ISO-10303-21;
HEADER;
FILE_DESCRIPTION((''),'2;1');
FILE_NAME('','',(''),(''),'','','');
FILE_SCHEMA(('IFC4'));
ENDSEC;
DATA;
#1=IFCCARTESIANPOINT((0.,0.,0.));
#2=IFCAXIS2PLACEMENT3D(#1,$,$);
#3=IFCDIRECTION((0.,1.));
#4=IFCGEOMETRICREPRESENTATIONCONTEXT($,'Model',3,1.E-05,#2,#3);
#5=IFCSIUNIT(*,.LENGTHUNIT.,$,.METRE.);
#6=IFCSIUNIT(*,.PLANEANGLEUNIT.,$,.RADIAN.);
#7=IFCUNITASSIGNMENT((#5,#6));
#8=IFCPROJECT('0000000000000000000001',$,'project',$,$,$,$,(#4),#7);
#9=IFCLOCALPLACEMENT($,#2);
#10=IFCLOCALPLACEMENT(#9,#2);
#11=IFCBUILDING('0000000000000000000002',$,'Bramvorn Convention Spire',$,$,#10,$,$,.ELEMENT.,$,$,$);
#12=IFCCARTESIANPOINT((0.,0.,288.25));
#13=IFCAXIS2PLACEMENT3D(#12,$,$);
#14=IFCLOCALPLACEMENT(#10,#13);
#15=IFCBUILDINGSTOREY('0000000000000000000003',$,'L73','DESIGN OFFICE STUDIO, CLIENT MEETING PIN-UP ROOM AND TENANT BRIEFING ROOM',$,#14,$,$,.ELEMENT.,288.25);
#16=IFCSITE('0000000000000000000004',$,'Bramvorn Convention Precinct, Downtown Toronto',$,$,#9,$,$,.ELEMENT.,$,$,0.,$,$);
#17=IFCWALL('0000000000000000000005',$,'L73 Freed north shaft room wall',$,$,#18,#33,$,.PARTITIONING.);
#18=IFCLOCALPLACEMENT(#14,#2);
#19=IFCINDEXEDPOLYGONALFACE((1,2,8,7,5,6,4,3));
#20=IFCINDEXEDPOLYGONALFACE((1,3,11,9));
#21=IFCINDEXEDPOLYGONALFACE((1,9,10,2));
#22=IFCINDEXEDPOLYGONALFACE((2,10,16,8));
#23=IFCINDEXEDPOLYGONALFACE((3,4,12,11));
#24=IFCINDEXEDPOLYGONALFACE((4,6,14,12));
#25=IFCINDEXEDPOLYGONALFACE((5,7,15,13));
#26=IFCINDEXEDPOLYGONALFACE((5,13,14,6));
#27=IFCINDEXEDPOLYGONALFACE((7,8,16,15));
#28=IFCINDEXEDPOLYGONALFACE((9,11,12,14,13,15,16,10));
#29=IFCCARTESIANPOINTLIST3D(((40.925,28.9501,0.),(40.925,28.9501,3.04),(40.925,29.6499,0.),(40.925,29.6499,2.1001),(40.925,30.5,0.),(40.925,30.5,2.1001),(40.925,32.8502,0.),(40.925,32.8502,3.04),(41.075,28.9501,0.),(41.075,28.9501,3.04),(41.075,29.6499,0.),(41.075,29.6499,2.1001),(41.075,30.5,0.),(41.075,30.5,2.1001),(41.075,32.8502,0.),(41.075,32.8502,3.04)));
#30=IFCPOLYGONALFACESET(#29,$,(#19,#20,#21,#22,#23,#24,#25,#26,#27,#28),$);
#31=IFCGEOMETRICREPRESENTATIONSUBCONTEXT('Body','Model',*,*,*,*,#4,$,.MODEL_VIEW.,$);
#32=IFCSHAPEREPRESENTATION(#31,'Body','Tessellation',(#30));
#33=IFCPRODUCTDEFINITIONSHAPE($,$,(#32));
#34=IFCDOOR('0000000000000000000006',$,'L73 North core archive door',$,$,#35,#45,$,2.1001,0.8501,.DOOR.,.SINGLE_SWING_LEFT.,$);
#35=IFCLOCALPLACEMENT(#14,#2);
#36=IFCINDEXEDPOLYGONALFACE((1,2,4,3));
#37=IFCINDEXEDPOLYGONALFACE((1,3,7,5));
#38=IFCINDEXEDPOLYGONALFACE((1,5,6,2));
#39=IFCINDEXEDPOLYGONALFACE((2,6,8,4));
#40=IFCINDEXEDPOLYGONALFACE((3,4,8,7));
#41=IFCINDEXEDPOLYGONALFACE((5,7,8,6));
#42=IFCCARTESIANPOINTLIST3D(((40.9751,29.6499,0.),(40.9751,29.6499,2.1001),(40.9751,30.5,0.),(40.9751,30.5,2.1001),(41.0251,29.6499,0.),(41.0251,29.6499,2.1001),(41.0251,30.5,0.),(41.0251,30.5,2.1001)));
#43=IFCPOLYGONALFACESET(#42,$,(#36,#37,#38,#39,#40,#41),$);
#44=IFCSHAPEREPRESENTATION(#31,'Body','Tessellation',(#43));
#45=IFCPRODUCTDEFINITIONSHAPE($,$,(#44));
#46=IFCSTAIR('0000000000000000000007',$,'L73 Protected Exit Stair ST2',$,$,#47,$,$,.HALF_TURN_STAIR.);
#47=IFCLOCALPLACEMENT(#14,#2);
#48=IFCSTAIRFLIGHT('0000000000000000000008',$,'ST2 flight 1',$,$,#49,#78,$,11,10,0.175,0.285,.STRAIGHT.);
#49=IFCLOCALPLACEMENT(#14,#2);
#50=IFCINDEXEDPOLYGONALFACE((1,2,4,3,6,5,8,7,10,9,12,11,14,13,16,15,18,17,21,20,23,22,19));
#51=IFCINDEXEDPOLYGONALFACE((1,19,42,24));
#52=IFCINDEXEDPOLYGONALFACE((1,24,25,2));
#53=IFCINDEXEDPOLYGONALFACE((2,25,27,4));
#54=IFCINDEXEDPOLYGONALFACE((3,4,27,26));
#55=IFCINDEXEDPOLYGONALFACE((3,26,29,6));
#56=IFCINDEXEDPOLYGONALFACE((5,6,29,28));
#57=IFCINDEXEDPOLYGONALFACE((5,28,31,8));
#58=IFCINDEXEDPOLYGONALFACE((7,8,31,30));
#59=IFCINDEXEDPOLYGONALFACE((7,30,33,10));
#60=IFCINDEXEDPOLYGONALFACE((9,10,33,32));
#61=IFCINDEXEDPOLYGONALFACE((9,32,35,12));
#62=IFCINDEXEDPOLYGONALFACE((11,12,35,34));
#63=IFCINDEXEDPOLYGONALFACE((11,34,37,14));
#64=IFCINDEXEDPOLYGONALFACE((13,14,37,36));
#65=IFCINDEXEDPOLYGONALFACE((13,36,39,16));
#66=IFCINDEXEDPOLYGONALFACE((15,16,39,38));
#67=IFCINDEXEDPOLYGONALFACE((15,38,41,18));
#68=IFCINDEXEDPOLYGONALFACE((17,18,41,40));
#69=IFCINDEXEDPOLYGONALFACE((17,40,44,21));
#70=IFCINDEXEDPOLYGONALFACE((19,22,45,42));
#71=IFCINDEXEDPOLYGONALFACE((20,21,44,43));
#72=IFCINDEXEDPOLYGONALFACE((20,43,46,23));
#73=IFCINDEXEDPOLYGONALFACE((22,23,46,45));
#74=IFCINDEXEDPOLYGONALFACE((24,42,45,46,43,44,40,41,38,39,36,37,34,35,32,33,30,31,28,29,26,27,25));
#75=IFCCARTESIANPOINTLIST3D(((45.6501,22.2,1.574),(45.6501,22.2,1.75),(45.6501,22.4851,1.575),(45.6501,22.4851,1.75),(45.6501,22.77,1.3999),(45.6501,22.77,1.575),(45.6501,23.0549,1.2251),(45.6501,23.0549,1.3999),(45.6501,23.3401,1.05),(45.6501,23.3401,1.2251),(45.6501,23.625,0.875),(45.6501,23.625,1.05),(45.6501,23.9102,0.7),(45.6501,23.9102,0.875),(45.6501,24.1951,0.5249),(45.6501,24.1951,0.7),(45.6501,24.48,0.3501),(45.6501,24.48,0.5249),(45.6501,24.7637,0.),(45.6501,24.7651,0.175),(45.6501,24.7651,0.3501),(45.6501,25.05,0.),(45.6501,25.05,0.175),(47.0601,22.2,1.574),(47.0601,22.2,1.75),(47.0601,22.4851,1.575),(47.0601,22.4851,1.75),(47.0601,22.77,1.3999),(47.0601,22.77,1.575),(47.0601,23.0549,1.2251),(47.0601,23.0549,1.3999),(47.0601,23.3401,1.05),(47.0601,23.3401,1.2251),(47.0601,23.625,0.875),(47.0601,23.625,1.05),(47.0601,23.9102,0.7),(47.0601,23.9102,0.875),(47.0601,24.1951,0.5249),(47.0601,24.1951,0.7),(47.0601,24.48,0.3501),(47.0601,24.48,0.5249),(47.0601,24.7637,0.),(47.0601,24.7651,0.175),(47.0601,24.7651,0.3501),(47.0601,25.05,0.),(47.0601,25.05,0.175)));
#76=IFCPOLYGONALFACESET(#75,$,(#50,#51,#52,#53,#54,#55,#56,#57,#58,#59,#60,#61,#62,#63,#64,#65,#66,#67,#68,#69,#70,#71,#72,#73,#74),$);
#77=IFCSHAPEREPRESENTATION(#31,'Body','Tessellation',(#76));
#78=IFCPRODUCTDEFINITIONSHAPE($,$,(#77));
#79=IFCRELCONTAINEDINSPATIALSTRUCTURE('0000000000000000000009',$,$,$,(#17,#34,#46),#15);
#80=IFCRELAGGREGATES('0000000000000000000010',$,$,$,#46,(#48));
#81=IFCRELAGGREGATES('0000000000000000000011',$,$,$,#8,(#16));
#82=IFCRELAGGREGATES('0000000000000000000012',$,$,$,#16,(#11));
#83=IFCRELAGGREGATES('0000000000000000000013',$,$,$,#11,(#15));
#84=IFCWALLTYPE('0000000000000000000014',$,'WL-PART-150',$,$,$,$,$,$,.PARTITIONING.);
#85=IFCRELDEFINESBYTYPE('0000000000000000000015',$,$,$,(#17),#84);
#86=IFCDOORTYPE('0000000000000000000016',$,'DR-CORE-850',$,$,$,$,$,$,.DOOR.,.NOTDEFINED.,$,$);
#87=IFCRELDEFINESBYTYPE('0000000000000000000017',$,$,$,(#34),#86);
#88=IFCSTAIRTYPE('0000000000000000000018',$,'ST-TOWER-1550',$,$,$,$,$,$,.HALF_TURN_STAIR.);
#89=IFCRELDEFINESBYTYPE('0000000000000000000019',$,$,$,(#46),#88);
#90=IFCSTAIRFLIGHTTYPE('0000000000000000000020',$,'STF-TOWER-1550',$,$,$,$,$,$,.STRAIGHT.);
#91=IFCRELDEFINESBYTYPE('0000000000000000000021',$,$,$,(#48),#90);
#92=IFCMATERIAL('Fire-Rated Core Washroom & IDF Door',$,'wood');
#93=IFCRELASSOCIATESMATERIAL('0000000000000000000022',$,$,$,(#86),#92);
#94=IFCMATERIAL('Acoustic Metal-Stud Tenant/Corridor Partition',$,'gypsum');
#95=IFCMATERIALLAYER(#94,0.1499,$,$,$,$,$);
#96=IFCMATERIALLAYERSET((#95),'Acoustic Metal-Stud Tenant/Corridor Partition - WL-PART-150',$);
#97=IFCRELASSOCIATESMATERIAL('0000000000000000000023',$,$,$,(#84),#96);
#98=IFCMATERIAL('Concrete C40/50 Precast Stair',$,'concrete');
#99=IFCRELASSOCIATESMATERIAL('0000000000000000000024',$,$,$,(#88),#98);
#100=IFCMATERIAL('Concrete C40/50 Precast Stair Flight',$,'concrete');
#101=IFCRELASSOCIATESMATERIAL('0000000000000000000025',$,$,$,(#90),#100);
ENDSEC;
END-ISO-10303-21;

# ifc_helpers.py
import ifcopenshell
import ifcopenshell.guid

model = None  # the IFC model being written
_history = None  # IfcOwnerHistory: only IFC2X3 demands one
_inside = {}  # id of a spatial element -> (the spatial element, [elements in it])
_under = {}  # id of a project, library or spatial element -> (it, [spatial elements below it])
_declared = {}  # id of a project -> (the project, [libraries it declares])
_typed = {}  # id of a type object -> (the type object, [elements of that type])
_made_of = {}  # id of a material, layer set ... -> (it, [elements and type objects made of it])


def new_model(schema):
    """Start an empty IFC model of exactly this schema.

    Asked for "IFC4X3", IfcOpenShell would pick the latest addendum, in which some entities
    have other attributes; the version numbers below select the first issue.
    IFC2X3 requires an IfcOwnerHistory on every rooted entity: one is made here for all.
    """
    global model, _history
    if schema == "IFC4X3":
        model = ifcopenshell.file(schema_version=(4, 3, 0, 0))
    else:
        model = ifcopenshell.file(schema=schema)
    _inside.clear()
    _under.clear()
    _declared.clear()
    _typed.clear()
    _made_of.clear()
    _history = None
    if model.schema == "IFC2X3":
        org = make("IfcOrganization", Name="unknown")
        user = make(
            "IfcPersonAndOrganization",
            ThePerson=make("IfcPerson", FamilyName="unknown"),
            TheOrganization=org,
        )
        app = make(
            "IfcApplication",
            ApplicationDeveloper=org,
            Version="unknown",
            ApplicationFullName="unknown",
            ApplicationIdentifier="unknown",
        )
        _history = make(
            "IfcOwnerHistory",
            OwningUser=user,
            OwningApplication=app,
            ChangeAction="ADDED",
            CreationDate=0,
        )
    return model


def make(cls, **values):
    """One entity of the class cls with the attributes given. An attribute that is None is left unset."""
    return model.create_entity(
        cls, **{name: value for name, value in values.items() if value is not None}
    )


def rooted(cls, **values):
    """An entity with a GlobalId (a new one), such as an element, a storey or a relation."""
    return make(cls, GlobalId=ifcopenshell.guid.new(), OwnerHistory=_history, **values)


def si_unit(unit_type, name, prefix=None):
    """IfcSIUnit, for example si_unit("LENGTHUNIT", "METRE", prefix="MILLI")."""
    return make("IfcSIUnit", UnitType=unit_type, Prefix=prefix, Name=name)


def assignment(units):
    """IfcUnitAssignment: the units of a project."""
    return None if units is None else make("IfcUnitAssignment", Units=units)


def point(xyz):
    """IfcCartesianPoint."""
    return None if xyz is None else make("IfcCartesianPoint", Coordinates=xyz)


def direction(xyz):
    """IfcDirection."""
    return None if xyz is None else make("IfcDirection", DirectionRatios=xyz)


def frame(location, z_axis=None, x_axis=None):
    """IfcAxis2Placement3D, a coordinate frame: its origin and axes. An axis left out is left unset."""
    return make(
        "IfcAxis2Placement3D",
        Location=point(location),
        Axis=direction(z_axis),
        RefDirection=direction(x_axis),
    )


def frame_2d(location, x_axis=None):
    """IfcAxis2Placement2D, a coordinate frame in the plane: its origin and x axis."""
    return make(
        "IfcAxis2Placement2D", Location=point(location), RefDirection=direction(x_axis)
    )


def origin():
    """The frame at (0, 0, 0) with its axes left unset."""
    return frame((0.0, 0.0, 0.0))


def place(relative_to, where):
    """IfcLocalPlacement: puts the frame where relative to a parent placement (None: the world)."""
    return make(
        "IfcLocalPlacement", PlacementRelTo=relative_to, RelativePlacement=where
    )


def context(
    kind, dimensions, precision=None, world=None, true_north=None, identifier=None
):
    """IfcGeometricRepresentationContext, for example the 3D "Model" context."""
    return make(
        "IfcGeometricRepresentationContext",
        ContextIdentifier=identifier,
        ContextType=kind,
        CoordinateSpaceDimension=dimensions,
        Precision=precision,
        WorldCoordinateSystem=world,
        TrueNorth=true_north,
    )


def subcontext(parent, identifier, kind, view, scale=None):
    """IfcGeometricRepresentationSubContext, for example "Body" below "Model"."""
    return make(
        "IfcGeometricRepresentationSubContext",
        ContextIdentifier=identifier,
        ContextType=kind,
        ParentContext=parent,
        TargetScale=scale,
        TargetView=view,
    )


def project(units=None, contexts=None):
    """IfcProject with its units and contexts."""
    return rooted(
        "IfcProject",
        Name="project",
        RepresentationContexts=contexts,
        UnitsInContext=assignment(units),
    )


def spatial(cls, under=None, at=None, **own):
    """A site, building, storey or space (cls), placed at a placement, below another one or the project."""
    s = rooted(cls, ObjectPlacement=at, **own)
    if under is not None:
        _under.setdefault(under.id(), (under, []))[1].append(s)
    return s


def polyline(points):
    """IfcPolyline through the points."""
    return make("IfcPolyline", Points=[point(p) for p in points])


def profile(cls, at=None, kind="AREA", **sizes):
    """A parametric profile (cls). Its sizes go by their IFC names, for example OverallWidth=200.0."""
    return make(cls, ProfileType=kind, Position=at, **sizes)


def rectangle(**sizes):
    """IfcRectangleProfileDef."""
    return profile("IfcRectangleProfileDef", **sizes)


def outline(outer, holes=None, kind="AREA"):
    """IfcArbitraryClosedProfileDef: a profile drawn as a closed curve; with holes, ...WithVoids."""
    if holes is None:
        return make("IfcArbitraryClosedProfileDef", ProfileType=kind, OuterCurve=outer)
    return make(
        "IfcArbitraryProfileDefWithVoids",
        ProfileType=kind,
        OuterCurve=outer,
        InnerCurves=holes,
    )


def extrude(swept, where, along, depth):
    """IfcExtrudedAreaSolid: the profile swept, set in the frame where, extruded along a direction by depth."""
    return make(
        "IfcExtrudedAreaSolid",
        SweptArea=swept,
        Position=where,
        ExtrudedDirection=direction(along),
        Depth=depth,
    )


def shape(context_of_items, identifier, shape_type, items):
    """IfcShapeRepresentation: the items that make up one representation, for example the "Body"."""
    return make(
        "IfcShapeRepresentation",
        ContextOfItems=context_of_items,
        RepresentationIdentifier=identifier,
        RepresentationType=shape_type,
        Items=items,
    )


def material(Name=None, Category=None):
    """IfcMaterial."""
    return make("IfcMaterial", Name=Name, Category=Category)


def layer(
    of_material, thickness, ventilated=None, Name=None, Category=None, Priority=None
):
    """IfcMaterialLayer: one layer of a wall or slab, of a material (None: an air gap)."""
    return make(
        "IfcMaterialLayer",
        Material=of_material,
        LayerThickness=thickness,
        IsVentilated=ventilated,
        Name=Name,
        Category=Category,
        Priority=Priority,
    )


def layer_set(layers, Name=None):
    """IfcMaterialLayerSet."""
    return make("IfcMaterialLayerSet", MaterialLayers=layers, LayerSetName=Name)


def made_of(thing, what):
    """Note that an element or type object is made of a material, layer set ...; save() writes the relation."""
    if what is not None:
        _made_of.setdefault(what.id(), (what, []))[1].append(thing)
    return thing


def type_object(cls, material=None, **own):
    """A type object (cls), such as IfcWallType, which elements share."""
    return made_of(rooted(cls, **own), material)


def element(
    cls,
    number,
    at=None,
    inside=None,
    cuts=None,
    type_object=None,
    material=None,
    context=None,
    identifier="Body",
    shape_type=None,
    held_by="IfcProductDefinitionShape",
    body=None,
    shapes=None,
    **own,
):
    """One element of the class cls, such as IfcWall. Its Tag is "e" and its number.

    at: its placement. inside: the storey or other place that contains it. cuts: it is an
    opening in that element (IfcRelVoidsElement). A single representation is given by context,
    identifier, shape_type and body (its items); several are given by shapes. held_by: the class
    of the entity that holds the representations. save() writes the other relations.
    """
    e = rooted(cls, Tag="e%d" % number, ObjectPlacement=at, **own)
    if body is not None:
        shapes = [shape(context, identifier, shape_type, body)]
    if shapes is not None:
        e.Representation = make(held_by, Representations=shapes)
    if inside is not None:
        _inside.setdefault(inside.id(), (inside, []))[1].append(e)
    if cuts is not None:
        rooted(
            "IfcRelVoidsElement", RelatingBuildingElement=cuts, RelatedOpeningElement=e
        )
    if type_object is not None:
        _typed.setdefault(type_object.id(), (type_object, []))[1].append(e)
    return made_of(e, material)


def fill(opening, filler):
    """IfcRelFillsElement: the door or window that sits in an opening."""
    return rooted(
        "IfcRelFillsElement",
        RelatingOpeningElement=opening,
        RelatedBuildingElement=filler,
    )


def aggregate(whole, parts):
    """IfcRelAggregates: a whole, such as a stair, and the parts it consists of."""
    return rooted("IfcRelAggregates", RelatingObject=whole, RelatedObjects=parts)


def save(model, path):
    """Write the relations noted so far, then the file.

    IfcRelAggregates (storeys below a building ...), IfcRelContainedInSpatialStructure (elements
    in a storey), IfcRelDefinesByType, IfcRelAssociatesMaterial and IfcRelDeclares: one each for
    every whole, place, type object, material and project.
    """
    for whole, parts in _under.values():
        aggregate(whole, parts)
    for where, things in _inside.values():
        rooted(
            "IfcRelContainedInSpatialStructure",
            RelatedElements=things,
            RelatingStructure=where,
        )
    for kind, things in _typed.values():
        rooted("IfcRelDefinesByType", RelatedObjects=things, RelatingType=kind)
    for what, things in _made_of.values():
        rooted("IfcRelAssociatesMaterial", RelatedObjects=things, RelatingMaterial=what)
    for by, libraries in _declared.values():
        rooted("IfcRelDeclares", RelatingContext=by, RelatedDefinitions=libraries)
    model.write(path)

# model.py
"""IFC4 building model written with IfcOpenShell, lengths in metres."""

from ifc_helpers import new_model, si_unit, direction, frame, frame_2d, origin, place, context, subcontext, project, spatial, polyline, rectangle, outline, extrude, material, layer, layer_set, type_object, element, fill, aggregate, save


model = new_model("IFC4")

# Units and contexts
model_context = context("Model", 3, precision=1e-05, world=origin(), true_north=direction((0.0, 1.0)))
body_context = subcontext(model_context, "Body", "Model", "MODEL_VIEW")
ifc_project = project(units=[si_unit("LENGTHUNIT", "METRE"), si_unit("PLANEANGLEUNIT", "RADIAN")], contexts=[model_context])

# Site, building, storey
site_placement = place(None, origin())
site = spatial("IfcSite", under=ifc_project, at=site_placement, Name="Bramvorn Convention Precinct, Downtown Toronto", CompositionType="ELEMENT", RefElevation=0.0)
building_placement = place(site_placement, origin())
building = spatial("IfcBuilding", under=site, at=building_placement, Name="Bramvorn Convention Spire", CompositionType="ELEMENT")
storey_placement = place(building_placement, frame((0.0, 0.0, 288.25)))
storey = spatial("IfcBuildingStorey", under=building, at=storey_placement, Name="L73", Description="DESIGN OFFICE STUDIO, CLIENT MEETING PIN-UP ROOM AND TENANT BRIEFING ROOM", CompositionType="ELEMENT", Elevation=288.25)

# Shared definitions
ifc_material_1 = material(Name="Fire-Rated Core Washroom & IDF Door", Category="wood")
door_type_1 = type_object("IfcDoorType", Name="DR-CORE-850", OperationType="NOTDEFINED", PredefinedType="DOOR", material=ifc_material_1)

# Shared definitions
ifc_material_2 = material(Name="Acoustic Metal-Stud Tenant/Corridor Partition", Category="gypsum")
ifc_layer_1 = layer(ifc_material_2, 0.1499)
ifc_layer_set_1 = layer_set([ifc_layer_1], Name="Acoustic Metal-Stud Tenant/Corridor Partition - WL-PART-150")
wall_type_1 = type_object("IfcWallType", Name="WL-PART-150", PredefinedType="PARTITIONING", material=ifc_layer_set_1)

# Wall, opening, door
wall_1_placement = place(storey_placement, frame((41.0, 28.95, 0.0), z_axis=(0.0, 0.0, 1.0), x_axis=(0.0, 1.0, 0.0)))
wall_1 = element("IfcWall", 1, at=wall_1_placement, inside=storey, type_object=wall_type_1, Name="L73 Freed north shaft room wall", PredefinedType="PARTITIONING", context=body_context, shape_type="SweptSolid", body=[
    extrude(rectangle(XDim=3.9001, YDim=0.1499, at=frame_2d((1.9502, 0.0))), origin(), (0.0, 0.0, 1.0), 3.04),
])
opening_1_placement = place(wall_1_placement, frame((0.7, 0.0, 0.0)))
opening_1 = element("IfcOpeningElement", 2, at=opening_1_placement, cuts=wall_1, PredefinedType="OPENING", context=body_context, shape_type="SweptSolid", body=[
    extrude(rectangle(XDim=0.8501, YDim=2.1001, at=frame_2d((0.425, 1.05))), frame((0.0, 0.085, 0.0), z_axis=(0.0, -1.0, 0.0), x_axis=(1.0, 0.0, 0.0)), (0.0, 0.0, 1.0), 0.1699),
])
door_1_placement = place(opening_1_placement, origin())
door_1 = element("IfcDoor", 3, at=door_1_placement, inside=storey, type_object=door_type_1, Name="L73 North core archive door", OperationType="SINGLE_SWING_LEFT", OverallHeight=2.1001, OverallWidth=0.8501, PredefinedType="DOOR", context=body_context, shape_type="SweptSolid", body=[
    extrude(rectangle(XDim=0.8501, YDim=2.1001, at=frame_2d((0.425, 1.05))), frame((0.0, 0.0249, 0.0), z_axis=(0.0, -1.0, 0.0), x_axis=(1.0, 0.0, 0.0)), (0.0, 0.0, 1.0), 0.05),
])
fill(opening_1, door_1)

# Stair, stair flight
ifc_material_3 = material(Name="Concrete C40/50 Precast Stair", Category="concrete")
stair_type = type_object("IfcStairType", Name="ST-TOWER-1550", PredefinedType="HALF_TURN_STAIR", material=ifc_material_3)
stair_placement = place(storey_placement, origin())
stair = element("IfcStair", 4, at=stair_placement, inside=storey, type_object=stair_type, Name="L73 Protected Exit Stair ST2", PredefinedType="HALF_TURN_STAIR")
ifc_material_4 = material(Name="Concrete C40/50 Precast Stair Flight", Category="concrete")
stair_flight_type = type_object("IfcStairFlightType", Name="STF-TOWER-1550", PredefinedType="STRAIGHT", material=ifc_material_4)
stair_flight_placement = place(storey_placement, frame((46.355, 25.05, 0.0), z_axis=(0.0, 0.0, 1.0), x_axis=(0.0, -1.0, 0.0)))
stair_flight = element("IfcStairFlight", 5, at=stair_flight_placement, type_object=stair_flight_type, Name="ST2 flight 1", NumberOfRisers=11, NumberOfTreads=10, PredefinedType="STRAIGHT", RiserHeight=0.175, TreadLength=0.285, context=body_context, shape_type="SweptSolid", body=[
    extrude(outline(polyline([(0.0, 0.0), (0.0, 0.175), (0.2849, 0.175), (0.2849, 0.3501), (0.5701, 0.3501), (0.5701, 0.5249), (0.855, 0.5249), (0.855, 0.7), (1.1399, 0.7), (1.1399, 0.875), (1.425, 0.875), (1.425, 1.05), (1.71, 1.05), (1.71, 1.2251), (1.9951, 1.2251), (1.9951, 1.3999), (2.28, 1.3999), (2.28, 1.575), (2.5649, 1.575), (2.5649, 1.75), (2.8501, 1.75), (2.8501, 1.925), (2.8501, 1.574), (0.2864, 0.0), (0.0, 0.0)])), frame((0.0, 0.7051, 0.0), z_axis=(0.0, -1.0, 0.0), x_axis=(1.0, 0.0, 0.0)), (0.0, 0.0, 1.0), 1.4099),
])
aggregate(stair, [stair_flight])

save(model, "model.ifc")
